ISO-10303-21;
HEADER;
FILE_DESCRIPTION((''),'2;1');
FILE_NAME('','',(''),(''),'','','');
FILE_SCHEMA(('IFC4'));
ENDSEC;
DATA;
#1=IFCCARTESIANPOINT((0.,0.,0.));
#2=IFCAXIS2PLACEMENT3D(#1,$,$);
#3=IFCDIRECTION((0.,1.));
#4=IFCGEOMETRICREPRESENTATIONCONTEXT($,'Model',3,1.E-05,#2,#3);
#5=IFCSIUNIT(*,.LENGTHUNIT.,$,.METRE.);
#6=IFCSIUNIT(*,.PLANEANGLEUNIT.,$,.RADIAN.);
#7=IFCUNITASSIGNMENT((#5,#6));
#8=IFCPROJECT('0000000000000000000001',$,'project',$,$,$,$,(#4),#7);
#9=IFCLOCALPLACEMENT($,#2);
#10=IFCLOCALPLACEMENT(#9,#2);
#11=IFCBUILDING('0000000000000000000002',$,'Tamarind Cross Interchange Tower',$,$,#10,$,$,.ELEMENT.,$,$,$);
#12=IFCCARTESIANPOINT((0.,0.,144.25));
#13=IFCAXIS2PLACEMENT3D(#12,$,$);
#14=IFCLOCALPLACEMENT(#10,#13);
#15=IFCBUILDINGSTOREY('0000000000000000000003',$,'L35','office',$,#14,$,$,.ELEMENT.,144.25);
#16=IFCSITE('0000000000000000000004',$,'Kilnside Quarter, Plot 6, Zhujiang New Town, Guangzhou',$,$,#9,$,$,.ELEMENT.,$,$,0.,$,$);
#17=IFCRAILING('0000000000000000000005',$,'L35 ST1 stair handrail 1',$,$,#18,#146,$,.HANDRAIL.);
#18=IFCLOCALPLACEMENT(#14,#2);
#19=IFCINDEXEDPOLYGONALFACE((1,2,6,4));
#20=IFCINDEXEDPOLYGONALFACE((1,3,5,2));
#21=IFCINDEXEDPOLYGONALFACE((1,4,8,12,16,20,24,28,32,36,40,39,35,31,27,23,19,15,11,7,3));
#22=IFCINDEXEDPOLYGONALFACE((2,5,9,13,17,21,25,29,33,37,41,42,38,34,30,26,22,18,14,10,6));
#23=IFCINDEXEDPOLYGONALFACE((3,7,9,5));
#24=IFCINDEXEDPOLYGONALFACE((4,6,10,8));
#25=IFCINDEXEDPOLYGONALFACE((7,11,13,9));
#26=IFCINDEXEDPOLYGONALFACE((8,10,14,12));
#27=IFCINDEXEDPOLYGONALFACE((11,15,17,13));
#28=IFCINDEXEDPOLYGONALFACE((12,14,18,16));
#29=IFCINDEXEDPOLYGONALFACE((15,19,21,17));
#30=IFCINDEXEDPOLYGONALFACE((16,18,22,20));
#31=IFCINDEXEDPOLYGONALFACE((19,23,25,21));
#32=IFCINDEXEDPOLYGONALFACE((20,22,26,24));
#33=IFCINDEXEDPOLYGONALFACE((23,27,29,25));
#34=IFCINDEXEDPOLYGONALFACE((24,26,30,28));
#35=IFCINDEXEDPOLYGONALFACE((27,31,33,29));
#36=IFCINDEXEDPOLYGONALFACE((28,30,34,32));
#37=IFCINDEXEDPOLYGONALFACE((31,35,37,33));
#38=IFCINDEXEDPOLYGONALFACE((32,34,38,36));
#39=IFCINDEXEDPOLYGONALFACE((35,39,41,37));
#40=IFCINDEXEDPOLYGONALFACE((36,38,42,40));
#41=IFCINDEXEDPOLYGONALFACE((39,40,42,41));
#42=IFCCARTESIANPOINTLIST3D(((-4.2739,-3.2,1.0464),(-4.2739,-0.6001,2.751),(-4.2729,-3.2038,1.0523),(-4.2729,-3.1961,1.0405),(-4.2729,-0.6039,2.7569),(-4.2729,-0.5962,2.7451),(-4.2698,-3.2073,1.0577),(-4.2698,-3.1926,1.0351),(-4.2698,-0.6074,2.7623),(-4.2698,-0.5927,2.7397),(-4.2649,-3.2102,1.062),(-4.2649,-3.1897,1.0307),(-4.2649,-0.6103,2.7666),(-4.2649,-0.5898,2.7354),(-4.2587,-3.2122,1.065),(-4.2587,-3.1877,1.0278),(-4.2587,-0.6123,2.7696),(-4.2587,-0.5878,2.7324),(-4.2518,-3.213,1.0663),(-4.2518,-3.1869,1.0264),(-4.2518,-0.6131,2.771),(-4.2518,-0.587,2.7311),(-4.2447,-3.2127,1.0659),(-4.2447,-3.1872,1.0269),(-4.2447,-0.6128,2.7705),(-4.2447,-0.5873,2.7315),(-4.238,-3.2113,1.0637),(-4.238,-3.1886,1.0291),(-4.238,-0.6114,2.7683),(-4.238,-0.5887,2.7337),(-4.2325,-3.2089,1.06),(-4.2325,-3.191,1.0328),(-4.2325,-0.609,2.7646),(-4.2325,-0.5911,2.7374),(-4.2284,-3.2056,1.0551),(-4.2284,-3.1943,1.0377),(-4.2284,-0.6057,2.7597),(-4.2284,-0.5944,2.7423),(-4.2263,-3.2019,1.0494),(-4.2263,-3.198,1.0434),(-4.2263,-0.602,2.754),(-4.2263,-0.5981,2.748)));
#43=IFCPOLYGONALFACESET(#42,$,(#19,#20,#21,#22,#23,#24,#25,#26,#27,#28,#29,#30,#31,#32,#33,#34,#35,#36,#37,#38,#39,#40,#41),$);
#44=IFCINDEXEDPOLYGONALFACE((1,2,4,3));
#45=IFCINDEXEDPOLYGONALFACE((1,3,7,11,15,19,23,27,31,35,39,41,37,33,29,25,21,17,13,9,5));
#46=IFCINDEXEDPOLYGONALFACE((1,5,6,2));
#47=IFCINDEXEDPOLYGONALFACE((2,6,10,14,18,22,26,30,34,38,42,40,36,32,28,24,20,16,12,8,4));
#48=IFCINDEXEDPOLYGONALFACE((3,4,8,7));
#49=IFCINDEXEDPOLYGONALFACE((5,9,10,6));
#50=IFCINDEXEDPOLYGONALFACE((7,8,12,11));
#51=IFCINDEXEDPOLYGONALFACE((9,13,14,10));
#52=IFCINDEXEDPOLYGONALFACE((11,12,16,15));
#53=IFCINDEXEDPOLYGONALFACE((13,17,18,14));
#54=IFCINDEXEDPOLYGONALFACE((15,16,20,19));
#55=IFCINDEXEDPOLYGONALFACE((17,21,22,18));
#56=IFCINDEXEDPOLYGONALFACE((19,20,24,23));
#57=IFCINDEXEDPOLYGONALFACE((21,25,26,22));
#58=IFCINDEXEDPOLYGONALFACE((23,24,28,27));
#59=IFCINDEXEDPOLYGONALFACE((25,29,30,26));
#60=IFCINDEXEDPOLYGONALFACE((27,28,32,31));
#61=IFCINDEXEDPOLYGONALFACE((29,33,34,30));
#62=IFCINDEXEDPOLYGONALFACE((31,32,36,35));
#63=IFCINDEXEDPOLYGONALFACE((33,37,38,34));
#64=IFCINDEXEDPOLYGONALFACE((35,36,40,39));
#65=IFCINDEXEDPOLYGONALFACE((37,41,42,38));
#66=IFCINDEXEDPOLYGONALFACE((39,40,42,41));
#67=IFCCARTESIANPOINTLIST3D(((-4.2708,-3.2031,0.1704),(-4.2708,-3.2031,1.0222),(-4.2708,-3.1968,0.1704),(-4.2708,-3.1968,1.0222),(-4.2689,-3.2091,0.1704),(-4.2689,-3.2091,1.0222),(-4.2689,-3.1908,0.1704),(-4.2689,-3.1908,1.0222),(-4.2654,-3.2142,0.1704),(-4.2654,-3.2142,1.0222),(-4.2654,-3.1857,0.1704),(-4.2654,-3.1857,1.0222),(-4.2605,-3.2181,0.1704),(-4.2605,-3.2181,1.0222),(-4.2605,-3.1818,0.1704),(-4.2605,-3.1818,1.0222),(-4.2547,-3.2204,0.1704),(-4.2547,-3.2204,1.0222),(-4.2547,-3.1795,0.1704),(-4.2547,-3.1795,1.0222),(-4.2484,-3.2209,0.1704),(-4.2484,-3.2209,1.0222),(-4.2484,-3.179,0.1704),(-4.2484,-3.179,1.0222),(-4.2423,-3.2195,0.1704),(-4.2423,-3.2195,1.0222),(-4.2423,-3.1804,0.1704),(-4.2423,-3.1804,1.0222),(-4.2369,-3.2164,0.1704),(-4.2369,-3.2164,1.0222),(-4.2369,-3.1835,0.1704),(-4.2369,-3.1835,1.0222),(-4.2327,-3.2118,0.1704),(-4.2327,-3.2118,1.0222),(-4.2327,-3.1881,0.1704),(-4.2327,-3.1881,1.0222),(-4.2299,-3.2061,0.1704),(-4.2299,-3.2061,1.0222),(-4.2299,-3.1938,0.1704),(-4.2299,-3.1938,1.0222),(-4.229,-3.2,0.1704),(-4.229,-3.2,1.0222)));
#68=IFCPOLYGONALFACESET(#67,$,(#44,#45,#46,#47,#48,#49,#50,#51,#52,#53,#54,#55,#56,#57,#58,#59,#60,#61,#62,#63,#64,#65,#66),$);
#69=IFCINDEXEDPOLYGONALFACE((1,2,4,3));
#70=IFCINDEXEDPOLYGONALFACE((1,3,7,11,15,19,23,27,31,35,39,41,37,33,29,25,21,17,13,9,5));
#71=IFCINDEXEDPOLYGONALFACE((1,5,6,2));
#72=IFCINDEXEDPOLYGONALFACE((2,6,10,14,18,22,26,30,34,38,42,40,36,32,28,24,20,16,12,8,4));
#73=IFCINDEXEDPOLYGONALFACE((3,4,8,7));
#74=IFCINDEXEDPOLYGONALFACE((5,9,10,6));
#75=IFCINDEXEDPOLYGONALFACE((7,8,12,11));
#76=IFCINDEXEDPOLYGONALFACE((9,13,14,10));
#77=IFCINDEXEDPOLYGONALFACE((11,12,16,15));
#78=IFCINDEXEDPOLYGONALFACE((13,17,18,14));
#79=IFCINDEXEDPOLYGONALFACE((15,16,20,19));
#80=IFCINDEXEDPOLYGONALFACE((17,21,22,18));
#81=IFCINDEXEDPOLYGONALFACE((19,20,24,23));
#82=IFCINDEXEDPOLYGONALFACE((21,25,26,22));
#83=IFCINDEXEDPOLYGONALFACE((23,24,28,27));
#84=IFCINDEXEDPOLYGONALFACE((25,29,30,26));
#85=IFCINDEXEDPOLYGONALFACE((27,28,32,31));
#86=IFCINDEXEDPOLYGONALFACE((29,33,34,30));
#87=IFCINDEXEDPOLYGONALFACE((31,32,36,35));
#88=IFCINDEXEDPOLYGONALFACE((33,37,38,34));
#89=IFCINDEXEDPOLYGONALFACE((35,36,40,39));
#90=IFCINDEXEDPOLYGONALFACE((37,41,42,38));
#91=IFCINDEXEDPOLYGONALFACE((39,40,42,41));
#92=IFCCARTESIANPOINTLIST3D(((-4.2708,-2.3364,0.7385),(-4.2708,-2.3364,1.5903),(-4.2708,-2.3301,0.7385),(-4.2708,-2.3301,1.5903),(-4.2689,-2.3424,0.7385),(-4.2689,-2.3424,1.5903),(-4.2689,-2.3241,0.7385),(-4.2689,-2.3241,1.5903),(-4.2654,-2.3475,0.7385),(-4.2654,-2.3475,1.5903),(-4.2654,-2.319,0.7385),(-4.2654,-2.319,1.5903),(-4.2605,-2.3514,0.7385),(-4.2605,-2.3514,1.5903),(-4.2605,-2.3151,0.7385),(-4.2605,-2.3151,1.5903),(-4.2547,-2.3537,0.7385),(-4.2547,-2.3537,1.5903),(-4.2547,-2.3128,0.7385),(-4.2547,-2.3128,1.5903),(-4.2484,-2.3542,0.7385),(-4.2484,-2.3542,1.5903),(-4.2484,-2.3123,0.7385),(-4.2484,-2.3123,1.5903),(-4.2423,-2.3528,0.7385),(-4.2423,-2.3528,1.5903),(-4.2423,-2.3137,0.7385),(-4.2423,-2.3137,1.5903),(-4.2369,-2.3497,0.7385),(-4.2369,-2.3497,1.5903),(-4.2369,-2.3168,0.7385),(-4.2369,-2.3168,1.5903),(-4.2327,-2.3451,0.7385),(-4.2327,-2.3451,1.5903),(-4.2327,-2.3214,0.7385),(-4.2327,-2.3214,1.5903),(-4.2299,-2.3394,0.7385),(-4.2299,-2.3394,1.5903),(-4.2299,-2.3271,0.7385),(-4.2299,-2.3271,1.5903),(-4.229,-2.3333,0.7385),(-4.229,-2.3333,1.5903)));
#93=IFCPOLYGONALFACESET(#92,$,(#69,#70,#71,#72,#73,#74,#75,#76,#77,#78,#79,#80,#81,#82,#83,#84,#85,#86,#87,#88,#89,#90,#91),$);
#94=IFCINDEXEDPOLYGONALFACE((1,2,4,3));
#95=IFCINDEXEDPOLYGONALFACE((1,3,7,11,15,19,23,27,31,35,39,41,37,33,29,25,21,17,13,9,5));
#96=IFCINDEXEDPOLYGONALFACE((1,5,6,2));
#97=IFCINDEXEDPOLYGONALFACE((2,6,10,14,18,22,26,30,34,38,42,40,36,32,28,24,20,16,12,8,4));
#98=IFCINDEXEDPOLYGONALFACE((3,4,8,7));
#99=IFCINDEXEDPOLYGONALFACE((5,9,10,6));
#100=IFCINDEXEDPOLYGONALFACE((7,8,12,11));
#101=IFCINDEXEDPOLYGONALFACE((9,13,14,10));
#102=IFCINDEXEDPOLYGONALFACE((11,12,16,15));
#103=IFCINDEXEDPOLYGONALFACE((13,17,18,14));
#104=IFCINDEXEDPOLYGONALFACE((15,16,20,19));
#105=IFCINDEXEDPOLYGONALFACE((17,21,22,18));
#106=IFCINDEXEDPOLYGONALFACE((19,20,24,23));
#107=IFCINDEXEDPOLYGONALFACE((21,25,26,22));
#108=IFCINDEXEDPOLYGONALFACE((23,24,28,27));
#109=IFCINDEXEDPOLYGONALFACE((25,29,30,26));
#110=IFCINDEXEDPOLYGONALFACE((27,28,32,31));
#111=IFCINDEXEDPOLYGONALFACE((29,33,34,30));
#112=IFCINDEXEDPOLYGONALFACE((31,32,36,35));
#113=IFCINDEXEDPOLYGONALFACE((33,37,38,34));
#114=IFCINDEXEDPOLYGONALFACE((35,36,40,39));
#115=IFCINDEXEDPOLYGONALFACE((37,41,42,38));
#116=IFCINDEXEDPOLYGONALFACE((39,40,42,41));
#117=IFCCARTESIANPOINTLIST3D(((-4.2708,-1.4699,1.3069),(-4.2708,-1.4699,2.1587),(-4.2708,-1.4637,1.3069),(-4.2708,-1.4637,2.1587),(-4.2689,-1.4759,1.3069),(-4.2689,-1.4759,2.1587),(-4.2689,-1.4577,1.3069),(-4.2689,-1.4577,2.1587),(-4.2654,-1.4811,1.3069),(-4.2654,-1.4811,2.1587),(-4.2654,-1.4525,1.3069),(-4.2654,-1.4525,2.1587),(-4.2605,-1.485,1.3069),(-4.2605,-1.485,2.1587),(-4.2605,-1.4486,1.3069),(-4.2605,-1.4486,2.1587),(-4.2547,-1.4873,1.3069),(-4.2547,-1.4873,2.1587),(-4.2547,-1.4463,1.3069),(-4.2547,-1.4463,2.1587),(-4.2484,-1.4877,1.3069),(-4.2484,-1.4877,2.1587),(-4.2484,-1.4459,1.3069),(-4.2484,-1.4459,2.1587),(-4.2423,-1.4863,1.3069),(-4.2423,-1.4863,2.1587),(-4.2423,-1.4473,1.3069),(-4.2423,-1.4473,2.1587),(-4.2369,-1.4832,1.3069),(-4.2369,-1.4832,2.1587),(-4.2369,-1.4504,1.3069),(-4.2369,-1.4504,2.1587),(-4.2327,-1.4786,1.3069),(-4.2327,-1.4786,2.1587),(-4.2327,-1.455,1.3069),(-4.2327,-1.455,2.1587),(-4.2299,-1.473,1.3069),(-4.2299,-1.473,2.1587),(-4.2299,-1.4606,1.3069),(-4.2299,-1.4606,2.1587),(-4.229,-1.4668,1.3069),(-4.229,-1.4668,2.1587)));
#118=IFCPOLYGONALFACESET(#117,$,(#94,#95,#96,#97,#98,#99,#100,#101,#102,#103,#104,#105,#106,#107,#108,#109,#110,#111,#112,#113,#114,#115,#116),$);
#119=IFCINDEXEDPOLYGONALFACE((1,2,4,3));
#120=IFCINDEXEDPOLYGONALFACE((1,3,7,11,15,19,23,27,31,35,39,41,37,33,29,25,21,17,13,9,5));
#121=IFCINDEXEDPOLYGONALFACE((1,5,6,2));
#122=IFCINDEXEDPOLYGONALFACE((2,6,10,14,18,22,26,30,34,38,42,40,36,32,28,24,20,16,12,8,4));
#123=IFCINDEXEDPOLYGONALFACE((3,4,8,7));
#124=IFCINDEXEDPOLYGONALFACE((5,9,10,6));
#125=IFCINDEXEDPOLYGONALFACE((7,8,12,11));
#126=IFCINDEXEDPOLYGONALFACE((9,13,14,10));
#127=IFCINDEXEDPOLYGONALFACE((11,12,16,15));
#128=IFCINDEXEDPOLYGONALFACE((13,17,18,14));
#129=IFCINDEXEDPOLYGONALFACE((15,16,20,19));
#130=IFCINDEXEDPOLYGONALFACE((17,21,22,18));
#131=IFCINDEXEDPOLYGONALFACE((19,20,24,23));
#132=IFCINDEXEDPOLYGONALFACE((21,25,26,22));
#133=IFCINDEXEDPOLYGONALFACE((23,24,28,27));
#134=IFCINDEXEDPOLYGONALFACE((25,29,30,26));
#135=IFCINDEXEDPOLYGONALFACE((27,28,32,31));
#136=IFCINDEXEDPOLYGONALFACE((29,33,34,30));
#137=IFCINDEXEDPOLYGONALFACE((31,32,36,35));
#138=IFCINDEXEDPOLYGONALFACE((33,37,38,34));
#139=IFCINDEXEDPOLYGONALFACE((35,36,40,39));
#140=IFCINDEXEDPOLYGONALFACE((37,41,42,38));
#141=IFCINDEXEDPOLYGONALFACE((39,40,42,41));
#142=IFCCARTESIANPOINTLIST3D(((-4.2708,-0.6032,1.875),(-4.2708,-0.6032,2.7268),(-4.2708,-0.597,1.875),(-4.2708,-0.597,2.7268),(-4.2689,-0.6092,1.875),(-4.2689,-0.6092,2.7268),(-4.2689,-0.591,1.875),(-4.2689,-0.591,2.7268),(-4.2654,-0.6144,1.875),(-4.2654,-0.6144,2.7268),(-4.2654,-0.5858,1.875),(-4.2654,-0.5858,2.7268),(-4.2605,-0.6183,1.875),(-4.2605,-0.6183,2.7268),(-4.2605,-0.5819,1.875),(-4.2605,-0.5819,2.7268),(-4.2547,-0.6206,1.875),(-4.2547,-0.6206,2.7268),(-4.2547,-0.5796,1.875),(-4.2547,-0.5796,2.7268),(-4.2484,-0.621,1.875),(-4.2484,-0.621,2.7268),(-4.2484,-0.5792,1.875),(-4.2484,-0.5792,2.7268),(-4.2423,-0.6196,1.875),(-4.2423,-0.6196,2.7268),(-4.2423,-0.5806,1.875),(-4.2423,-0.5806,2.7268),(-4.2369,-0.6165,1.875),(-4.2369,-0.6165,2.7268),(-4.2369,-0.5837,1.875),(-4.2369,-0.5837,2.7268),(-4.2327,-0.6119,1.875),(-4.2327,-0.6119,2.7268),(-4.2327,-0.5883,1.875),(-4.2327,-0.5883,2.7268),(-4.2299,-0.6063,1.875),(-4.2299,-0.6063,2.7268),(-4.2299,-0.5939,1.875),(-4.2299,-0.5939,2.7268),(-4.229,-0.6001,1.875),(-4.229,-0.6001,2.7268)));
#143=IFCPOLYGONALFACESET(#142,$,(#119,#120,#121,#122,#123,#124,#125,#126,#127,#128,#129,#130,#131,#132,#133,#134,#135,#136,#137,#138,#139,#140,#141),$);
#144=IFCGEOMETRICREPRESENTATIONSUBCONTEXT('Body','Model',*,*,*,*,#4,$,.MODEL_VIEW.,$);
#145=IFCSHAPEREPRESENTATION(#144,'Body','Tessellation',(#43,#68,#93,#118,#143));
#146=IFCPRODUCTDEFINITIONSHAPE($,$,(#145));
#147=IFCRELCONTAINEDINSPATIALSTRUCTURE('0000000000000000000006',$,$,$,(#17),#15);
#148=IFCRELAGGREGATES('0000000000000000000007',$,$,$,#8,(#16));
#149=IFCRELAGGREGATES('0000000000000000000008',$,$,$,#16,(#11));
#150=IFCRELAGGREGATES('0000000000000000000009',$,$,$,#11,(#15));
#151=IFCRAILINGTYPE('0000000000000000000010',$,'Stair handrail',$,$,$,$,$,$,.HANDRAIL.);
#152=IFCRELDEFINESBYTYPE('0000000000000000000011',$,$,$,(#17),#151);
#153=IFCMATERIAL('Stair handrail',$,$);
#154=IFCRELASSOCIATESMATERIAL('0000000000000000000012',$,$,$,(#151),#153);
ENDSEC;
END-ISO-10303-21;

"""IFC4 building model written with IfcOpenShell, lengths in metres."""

from ifc_helpers import new_model, si_unit, direction, frame, origin, origin_2d, place, context, subcontext, project, spatial, circle, extrude, material, type_object, element, save


model = new_model("IFC4")

# Units and contexts
model_context = context("Model", 3, precision=1e-05, world=origin(), true_north=direction((0.0, 1.0)))
body_context = subcontext(model_context, "Body", "Model", "MODEL_VIEW")
ifc_project = project(units=[si_unit("LENGTHUNIT", "METRE"), si_unit("PLANEANGLEUNIT", "RADIAN")], contexts=[model_context])

# Site, building, storey
site_placement = place(None, origin())
site = spatial("IfcSite", under=ifc_project, at=site_placement, Name="Kilnside Quarter, Plot 6, Zhujiang New Town, Guangzhou", CompositionType="ELEMENT", RefElevation=0.0)
building_placement = place(site_placement, origin())
building = spatial("IfcBuilding", under=site, at=building_placement, Name="Tamarind Cross Interchange Tower", CompositionType="ELEMENT")
storey_placement = place(building_placement, frame((0.0, 0.0, 144.25)))
storey = spatial("IfcBuildingStorey", under=building, at=storey_placement, Name="L35", Description="office", CompositionType="ELEMENT", Elevation=144.25)

# Railing
ifc_material_1 = material(Name="Stair handrail")
railing_type_1 = type_object("IfcRailingType", Name="Stair handrail", PredefinedType="HANDRAIL", material=ifc_material_1)
railing_1_placement = place(storey_placement, frame((-4.25, -3.2, 0.1704)))
element("IfcRailing", 1, at=railing_1_placement, inside=storey, type_object=railing_type_1, Name="L35 ST1 stair handrail 1", PredefinedType="HANDRAIL", context=body_context, shape_type="SweptSolid", body=[
    extrude(circle(Radius=0.0239, at=origin_2d()), frame((0.0, 0.0, 0.876), z_axis=(0.0, 0.836279, 0.548305), x_axis=(-1.0, 0.0, 0.0)), (0.0, 0.0, 1.0), 3.1089),
    extrude(circle(Radius=0.021, at=origin_2d()), origin(), (0.0, 0.0, 1.0), 0.8518),
    extrude(circle(Radius=0.021, at=origin_2d()), frame((0.0, 0.8667, 0.5681)), (0.0, 0.0, 1.0), 0.8518),
    extrude(circle(Radius=0.021, at=origin_2d()), frame((0.0, 1.7332, 1.1365)), (0.0, 0.0, 1.0), 0.8518),
    extrude(circle(Radius=0.021, at=origin_2d()), frame((0.0, 2.5999, 1.7046)), (0.0, 0.0, 1.0), 0.8518),
])

save(model, "model.ifc")
